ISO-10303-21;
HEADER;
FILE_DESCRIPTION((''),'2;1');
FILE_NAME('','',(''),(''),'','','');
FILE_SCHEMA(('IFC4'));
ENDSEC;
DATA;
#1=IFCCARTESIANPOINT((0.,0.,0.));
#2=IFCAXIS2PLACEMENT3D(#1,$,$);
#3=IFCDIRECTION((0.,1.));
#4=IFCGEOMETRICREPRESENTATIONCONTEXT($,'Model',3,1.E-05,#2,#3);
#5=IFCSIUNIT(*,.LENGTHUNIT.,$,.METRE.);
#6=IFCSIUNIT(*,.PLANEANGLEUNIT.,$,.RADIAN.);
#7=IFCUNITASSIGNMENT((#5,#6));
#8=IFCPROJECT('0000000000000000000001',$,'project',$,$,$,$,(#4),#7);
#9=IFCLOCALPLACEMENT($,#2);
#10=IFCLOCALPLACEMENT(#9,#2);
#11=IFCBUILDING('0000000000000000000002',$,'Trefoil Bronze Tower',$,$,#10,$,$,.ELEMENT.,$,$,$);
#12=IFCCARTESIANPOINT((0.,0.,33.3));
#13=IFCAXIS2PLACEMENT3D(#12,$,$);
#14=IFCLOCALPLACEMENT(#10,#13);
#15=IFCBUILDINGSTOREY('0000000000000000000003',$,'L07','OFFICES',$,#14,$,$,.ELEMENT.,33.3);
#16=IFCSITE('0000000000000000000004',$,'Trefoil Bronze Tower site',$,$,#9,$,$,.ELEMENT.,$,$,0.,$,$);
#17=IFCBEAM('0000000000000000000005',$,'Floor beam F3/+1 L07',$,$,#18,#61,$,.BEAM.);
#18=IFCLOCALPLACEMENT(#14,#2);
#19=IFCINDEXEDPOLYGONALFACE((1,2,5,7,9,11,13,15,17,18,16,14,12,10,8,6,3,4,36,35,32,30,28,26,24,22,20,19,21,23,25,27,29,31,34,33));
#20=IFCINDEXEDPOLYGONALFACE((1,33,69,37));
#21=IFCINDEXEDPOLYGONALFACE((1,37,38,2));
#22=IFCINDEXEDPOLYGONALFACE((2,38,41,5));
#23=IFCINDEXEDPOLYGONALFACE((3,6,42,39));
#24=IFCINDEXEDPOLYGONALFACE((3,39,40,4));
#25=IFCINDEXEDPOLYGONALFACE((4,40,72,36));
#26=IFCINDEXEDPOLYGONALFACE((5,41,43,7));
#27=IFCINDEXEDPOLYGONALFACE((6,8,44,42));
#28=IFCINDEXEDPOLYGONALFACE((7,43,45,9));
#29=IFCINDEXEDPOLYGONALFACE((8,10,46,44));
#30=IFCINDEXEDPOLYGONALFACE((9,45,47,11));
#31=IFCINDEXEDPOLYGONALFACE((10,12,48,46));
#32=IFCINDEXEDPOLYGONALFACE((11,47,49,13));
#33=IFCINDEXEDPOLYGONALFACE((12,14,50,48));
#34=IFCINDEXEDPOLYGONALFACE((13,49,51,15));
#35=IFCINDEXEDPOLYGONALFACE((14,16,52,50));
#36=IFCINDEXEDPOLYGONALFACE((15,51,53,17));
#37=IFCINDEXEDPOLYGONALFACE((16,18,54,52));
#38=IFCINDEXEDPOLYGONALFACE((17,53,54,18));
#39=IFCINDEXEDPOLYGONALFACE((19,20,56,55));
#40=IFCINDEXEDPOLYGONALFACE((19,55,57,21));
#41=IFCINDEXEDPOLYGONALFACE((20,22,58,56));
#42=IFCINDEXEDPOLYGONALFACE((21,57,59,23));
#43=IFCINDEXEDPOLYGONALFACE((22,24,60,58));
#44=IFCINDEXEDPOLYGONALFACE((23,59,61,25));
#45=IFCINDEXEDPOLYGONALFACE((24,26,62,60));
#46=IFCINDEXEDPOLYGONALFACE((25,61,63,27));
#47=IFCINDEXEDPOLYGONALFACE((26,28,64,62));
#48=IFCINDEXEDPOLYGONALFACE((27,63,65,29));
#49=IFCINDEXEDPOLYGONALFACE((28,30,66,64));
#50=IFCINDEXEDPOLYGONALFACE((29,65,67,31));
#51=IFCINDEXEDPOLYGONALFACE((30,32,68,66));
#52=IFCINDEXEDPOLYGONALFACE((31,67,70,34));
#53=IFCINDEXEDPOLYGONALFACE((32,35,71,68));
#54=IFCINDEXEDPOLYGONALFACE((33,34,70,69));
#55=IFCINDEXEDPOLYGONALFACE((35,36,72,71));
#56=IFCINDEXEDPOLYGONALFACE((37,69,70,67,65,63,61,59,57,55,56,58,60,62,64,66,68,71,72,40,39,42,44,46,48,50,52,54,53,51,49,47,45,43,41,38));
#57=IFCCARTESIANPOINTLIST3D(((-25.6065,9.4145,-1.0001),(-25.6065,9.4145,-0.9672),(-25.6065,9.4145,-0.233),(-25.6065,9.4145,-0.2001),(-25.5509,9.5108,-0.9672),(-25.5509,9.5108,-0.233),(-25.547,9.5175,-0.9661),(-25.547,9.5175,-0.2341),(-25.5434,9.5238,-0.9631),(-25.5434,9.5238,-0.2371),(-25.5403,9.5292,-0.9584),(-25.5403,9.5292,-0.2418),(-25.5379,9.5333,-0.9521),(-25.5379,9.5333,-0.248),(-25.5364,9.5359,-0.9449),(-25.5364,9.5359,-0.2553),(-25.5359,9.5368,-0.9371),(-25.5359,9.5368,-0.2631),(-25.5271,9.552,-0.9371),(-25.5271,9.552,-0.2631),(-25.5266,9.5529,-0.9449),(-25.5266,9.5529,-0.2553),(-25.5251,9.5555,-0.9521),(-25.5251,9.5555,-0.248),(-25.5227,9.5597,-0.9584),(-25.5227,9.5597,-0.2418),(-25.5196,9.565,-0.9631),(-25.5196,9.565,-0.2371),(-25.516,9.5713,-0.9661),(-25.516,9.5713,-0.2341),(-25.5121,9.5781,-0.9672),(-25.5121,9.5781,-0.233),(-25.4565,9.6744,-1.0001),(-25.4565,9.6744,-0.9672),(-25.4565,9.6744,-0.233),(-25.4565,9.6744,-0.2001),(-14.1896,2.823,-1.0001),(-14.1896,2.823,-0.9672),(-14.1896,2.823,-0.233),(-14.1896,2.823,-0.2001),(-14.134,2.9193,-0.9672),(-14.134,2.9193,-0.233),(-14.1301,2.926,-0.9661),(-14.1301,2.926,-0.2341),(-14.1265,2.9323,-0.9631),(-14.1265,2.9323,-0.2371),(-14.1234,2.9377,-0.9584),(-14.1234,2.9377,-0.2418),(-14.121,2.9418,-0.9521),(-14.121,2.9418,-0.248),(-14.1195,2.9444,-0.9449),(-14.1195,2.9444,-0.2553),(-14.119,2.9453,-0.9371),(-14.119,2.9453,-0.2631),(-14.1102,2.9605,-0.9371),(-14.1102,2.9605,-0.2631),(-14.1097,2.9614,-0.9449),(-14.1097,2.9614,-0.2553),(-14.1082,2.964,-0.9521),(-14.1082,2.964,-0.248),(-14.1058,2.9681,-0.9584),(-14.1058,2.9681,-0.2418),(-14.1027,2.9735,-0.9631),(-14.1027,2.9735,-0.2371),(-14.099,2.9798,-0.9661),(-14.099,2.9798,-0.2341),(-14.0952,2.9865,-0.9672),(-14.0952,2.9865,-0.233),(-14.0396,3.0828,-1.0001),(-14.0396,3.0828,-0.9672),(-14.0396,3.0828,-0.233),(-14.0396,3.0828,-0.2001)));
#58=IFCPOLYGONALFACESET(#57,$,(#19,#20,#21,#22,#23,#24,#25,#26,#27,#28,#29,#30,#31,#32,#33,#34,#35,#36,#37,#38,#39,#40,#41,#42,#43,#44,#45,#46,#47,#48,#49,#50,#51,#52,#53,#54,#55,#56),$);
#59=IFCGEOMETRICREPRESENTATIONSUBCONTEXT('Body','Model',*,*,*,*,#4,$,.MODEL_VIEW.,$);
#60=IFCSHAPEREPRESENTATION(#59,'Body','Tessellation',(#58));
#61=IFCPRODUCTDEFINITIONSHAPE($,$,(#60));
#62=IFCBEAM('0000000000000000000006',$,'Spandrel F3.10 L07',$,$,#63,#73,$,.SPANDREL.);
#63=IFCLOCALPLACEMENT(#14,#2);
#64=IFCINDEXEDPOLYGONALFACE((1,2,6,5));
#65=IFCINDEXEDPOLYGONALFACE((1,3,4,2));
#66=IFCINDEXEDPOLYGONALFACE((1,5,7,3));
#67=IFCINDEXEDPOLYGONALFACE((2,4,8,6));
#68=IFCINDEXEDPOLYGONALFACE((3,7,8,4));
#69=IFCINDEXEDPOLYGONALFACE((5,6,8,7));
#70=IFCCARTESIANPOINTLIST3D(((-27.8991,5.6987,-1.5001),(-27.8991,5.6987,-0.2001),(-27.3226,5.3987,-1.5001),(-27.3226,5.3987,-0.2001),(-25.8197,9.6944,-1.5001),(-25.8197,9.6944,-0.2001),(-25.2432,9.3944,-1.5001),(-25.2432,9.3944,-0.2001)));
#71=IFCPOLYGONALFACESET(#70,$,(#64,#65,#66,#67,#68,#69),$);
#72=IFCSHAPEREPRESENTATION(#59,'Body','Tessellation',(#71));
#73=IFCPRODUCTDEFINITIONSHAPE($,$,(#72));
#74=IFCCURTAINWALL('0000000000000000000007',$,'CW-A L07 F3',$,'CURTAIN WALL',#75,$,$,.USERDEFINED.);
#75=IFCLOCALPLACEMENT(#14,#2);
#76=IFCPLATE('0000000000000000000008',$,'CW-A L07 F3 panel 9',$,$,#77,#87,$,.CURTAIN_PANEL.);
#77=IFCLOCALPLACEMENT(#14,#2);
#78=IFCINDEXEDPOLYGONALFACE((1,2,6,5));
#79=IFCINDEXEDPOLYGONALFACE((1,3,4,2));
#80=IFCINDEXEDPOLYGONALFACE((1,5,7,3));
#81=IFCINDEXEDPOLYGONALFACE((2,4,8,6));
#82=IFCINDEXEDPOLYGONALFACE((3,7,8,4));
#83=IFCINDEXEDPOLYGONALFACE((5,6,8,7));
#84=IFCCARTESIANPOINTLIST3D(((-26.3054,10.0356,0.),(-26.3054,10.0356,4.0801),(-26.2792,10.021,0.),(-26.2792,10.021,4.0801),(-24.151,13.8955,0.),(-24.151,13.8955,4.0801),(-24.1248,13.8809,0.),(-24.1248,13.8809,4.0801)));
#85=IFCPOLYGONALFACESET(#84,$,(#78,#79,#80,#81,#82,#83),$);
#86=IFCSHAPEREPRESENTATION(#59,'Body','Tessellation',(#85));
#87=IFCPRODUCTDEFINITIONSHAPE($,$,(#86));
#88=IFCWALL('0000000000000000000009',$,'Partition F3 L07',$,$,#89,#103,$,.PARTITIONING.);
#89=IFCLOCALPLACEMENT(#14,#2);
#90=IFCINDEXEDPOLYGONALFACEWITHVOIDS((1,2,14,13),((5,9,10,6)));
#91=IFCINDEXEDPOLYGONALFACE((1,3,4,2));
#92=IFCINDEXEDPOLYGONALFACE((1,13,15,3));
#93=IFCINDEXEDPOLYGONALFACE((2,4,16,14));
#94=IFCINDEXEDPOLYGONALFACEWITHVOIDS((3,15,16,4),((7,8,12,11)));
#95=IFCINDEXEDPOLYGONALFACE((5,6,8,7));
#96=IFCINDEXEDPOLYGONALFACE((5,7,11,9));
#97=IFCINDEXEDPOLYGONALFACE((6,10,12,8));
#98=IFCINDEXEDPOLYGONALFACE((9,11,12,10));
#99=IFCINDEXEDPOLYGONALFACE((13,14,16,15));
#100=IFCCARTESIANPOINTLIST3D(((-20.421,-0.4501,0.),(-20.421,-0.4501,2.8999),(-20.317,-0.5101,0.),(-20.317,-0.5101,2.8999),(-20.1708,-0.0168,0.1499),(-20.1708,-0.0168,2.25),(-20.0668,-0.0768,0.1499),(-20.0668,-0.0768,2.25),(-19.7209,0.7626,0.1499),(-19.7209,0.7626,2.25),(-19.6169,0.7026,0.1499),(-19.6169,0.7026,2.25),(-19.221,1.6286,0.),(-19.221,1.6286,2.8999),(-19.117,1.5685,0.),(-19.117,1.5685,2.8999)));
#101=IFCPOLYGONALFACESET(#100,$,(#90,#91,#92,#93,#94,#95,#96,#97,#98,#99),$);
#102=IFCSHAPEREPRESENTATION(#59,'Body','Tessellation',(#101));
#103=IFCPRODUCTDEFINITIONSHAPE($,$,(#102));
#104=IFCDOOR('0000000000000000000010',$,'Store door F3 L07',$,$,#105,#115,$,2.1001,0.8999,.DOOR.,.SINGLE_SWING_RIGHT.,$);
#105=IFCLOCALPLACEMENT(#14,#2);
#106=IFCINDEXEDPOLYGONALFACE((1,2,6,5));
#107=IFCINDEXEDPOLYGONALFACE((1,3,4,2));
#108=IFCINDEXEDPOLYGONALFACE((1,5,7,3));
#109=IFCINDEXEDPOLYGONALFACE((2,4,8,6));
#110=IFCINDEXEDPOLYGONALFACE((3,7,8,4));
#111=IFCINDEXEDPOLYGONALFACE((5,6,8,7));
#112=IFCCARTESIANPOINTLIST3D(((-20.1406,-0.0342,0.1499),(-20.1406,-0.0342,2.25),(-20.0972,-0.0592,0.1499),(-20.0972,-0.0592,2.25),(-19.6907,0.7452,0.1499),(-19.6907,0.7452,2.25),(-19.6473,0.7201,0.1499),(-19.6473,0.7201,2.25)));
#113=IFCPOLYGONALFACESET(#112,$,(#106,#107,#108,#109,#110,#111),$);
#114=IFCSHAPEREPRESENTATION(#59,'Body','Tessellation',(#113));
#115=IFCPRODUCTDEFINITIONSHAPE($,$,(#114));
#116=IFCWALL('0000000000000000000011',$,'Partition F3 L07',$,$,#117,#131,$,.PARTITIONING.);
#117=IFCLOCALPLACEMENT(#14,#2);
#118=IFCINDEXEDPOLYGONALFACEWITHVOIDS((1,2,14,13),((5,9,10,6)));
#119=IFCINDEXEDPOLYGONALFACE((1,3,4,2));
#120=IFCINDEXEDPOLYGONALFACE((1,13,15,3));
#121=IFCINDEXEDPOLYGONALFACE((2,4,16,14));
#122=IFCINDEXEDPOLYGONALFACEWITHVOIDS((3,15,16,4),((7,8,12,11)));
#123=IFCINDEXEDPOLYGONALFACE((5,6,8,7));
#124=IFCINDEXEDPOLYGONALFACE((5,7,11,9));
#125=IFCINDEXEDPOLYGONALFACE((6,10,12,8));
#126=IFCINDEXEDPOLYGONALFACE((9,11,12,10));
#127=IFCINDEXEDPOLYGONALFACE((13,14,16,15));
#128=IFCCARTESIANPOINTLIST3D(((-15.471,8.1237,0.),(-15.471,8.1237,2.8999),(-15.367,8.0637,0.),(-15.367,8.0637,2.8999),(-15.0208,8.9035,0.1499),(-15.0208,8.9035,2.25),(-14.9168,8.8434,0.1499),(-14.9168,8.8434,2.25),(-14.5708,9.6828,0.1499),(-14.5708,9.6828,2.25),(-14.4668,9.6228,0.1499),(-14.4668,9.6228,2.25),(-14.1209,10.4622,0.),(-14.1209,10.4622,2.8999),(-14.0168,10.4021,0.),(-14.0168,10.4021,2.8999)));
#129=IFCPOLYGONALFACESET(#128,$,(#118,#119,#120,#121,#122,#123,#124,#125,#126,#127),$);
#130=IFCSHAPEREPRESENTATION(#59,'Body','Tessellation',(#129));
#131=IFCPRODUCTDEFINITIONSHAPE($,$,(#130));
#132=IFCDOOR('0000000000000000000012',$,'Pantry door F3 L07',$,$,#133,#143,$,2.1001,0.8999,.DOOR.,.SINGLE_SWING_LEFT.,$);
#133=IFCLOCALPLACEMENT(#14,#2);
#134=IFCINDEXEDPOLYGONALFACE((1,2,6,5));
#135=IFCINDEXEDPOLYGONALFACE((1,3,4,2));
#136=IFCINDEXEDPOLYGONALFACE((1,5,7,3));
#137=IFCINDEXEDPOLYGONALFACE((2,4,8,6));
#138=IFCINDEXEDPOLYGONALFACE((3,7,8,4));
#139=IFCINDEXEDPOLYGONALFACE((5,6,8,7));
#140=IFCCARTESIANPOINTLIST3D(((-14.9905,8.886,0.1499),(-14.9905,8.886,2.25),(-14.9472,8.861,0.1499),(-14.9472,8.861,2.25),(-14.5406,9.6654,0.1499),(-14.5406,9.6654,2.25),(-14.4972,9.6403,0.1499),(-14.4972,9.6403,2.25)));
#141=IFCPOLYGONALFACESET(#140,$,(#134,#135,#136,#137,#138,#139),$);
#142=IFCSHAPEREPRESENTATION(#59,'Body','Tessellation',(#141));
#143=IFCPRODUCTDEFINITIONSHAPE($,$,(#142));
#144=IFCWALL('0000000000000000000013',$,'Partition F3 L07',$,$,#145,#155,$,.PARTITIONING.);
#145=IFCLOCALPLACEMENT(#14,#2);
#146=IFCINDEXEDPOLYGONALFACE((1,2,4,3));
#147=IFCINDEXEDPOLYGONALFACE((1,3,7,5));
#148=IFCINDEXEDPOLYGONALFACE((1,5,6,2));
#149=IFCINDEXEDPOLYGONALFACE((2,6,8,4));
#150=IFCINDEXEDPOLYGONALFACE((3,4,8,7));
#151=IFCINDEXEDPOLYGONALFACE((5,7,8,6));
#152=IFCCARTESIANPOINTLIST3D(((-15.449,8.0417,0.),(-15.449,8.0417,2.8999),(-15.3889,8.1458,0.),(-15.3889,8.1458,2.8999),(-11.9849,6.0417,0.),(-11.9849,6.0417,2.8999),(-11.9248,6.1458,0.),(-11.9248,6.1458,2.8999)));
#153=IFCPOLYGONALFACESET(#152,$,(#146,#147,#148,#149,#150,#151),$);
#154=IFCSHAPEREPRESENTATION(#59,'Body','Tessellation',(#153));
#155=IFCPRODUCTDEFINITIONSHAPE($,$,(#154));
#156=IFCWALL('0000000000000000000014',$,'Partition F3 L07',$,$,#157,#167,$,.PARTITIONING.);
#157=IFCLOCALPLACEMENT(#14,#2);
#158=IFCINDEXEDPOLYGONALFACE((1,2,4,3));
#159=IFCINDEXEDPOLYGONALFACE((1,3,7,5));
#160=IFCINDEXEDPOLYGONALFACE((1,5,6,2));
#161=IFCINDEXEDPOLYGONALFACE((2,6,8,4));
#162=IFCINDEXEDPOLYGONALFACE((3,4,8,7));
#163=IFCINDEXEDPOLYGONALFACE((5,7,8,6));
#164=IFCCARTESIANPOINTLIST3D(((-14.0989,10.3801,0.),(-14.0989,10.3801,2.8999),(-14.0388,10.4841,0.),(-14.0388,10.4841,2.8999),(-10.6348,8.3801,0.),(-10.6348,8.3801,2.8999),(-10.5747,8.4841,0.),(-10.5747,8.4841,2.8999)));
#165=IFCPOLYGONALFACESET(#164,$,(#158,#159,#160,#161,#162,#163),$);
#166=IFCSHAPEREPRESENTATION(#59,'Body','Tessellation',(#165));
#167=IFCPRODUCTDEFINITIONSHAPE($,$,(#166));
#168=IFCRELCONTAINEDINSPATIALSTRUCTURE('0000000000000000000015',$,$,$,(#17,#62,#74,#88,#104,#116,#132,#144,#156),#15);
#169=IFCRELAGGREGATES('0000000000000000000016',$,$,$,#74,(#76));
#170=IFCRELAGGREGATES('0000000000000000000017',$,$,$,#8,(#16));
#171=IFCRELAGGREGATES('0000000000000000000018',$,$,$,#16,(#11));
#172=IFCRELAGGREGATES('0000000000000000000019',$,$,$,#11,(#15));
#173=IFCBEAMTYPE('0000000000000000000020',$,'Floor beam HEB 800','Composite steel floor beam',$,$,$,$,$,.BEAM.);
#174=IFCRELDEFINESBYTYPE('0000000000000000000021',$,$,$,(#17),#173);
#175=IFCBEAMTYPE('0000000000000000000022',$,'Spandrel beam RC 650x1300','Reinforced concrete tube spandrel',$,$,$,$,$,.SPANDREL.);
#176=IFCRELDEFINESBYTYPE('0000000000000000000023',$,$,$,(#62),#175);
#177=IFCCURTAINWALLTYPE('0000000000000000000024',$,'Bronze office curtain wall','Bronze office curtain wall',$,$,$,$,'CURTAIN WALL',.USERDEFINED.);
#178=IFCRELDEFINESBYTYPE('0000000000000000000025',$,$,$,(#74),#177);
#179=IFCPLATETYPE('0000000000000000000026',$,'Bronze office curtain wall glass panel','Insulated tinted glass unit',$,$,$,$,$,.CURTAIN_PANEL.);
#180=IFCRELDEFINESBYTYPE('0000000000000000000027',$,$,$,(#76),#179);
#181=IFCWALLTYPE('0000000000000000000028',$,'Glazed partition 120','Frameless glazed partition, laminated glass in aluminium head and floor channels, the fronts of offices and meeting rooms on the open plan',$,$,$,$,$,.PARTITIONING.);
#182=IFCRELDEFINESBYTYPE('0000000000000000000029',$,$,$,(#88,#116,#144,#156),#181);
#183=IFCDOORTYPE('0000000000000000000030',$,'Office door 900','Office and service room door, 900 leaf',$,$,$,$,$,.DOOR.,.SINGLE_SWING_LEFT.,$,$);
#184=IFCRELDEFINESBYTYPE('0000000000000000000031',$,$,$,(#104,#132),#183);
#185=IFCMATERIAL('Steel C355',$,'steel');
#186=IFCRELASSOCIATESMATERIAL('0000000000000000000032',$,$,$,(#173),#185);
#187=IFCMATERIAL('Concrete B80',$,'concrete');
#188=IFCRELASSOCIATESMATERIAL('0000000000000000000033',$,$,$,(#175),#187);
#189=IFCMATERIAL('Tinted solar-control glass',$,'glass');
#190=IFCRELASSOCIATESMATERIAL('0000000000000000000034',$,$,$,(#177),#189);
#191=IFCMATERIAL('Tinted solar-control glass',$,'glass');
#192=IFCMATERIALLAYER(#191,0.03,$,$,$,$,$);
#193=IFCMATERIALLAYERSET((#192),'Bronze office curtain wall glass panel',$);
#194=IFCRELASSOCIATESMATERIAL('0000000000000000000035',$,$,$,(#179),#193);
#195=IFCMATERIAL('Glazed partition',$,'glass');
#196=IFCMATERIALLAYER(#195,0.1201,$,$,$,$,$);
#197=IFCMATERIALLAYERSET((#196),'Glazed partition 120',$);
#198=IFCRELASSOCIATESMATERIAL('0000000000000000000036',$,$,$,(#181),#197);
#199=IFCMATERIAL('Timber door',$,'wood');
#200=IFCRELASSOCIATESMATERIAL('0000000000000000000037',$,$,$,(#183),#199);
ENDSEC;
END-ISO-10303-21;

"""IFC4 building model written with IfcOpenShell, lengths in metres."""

from ifc_helpers import new_model, si_unit, direction, frame, frame_2d, origin, origin_2d, place, context, subcontext, project, spatial, rectangle, i_section, extrude, material, layer, layer_set, material_profile, profile_set, type_object, element, fill, aggregate, save


model = new_model("IFC4")

# Units and contexts
model_context = context("Model", 3, precision=1e-05, world=origin(), true_north=direction((0.0, 1.0)))
body_context = subcontext(model_context, "Body", "Model", "MODEL_VIEW")
ifc_project = project(units=[si_unit("LENGTHUNIT", "METRE"), si_unit("PLANEANGLEUNIT", "RADIAN")], contexts=[model_context])

# Site, building, storey
site_placement = place(None, origin())
site = spatial("IfcSite", under=ifc_project, at=site_placement, Name="Trefoil Bronze Tower site", CompositionType="ELEMENT", RefElevation=0.0)
building_placement = place(site_placement, origin())
building = spatial("IfcBuilding", under=site, at=building_placement, Name="Trefoil Bronze Tower", CompositionType="ELEMENT")
storey_placement = place(building_placement, frame((0.0, 0.0, 33.3)))
storey = spatial("IfcBuildingStorey", under=building, at=storey_placement, Name="L07", Description="OFFICES", CompositionType="ELEMENT", Elevation=33.3)

# Beams
ifc_material_1 = material(Name="Steel C355", Category="steel")
ifc_material_profile_1 = material_profile(ifc_material_1, i_section(OverallWidth=0.3, OverallDepth=0.8, WebThickness=0.0176, FlangeThickness=0.033, FilletRadius=0.03, at=origin_2d()), Name="HEB 800")
ifc_profile_set_1 = profile_set([ifc_material_profile_1], Name="Steel C355")
beam_type_1 = type_object("IfcBeamType", Name="Floor beam HEB 800", Description="Composite steel floor beam", PredefinedType="BEAM", material=ifc_profile_set_1)
beam_1_placement = place(storey_placement, frame((-25.5315, 9.5444, -0.6001), z_axis=(0.866027, -0.499997, 0.0), x_axis=(0.499997, 0.866027, 0.0)))
element("IfcBeam", 1, at=beam_1_placement, inside=storey, type_object=beam_type_1, Name="Floor beam F3/+1 L07", PredefinedType="BEAM", context=body_context, shape_type="SweptSolid", body=[
    extrude(i_section(OverallWidth=0.3, OverallDepth=0.8, WebThickness=0.0176, FlangeThickness=0.033, FilletRadius=0.03, at=origin_2d()), origin(), (0.0, 0.0, 1.0), 13.1831),
])
ifc_material_2 = material(Name="Concrete B80", Category="concrete")
ifc_material_profile_2 = material_profile(ifc_material_2, rectangle(XDim=0.6499, YDim=1.3, at=origin_2d()), Name="RC 650x1300")
ifc_profile_set_2 = profile_set([ifc_material_profile_2], Name="Concrete B80")
beam_type_2 = type_object("IfcBeamType", Name="Spandrel beam RC 650x1300", Description="Reinforced concrete tube spandrel", PredefinedType="SPANDREL", material=ifc_profile_set_2)
beam_2_placement = place(storey_placement, frame((-25.5315, 9.5444, -0.8501), z_axis=(-0.461638, -0.887069, 0.0), x_axis=(0.887069, -0.461638, 0.0)))
element("IfcBeam", 2, at=beam_2_placement, inside=storey, type_object=beam_type_2, Name="Spandrel F3.10 L07", PredefinedType="SPANDREL", context=body_context, shape_type="SweptSolid", body=[
    extrude(rectangle(XDim=0.6499, YDim=1.3, at=origin_2d()), origin(), (0.0, 0.0, 1.0), 4.5044),
])

# Curtain wall, plate
ifc_material_3 = material(Name="Tinted solar-control glass", Category="glass")
curtain_wall_type = type_object("IfcCurtainWallType", Name="Bronze office curtain wall", Description="Bronze office curtain wall", ElementType="CURTAIN WALL", PredefinedType="USERDEFINED", material=ifc_material_3)
curtain_wall_placement = place(storey_placement, origin())
curtain_wall = element("IfcCurtainWall", 3, at=curtain_wall_placement, inside=storey, type_object=curtain_wall_type, Name="CW-A L07 F3", ObjectType="CURTAIN WALL", PredefinedType="USERDEFINED")
ifc_material_4 = material(Name="Tinted solar-control glass", Category="glass")
ifc_layer_1 = layer(ifc_material_4, 0.03)
ifc_layer_set_1 = layer_set([ifc_layer_1], Name="Bronze office curtain wall glass panel")
plate_type = type_object("IfcPlateType", Name="Bronze office curtain wall glass panel", Description="Insulated tinted glass unit", PredefinedType="CURTAIN_PANEL", material=ifc_layer_set_1)
plate_placement = place(storey_placement, frame((-25.2151, 11.9583, 0.0), z_axis=(0.0, 0.0, 1.0), x_axis=(-0.487382, -0.873189, 0.0)))
plate = element("IfcPlate", 4, at=plate_placement, type_object=plate_type, Name="CW-A L07 F3 panel 9", PredefinedType="CURTAIN_PANEL", context=body_context, shape_type="SweptSolid", body=[
    extrude(rectangle(XDim=4.4204, YDim=0.03, at=origin_2d()), origin(), (0.0, 0.0, 1.0), 4.0801),
])
aggregate(curtain_wall, [plate])

# Walls, openings, doors
ifc_material_5 = material(Name="Glazed partition", Category="glass")
ifc_layer_2 = layer(ifc_material_5, 0.1201)
ifc_layer_set_2 = layer_set([ifc_layer_2], Name="Glazed partition 120")
wall_type_1 = type_object("IfcWallType", Name="Glazed partition 120", Description="Frameless glazed partition, laminated glass in aluminium head and floor channels, the fronts of offices and meeting rooms on the open plan", PredefinedType="PARTITIONING", material=ifc_layer_set_2)
wall_1_placement = place(storey_placement, frame((-19.1689, 1.5986, 0.0), z_axis=(0.0, 0.0, 1.0), x_axis=(-0.499957, -0.86605, 0.0)))
wall_1 = element("IfcWall", 5, at=wall_1_placement, inside=storey, type_object=wall_type_1, Name="Partition F3 L07", PredefinedType="PARTITIONING", context=body_context, shape_type="SweptSolid", body=[
    extrude(rectangle(XDim=2.4001, YDim=0.1201, at=frame_2d((1.2002, 0.0))), origin(), (0.0, 0.0, 1.0), 2.8999),
])
opening_1_placement = place(wall_1_placement, frame((1.0, 0.0, 0.1499)))
opening_1 = element("IfcOpeningElement", 6, at=opening_1_placement, cuts=wall_1, PredefinedType="OPENING", context=body_context, shape_type="SweptSolid", body=[
    extrude(rectangle(XDim=0.8999, YDim=2.1001, at=frame_2d((0.45, 1.05))), frame((0.0, 0.0701, 0.0), z_axis=(0.0, -1.0, 0.0), x_axis=(1.0, 0.0, 0.0)), (0.0, 0.0, 1.0), 0.1401),
])
ifc_material_6 = material(Name="Timber door", Category="wood")
door_type_1 = type_object("IfcDoorType", Name="Office door 900", Description="Office and service room door, 900 leaf", OperationType="SINGLE_SWING_LEFT", PredefinedType="DOOR", material=ifc_material_6)
door_1_placement = place(opening_1_placement, origin())
door_1 = element("IfcDoor", 7, at=door_1_placement, inside=storey, type_object=door_type_1, Name="Store door F3 L07", OperationType="SINGLE_SWING_RIGHT", OverallHeight=2.1001, OverallWidth=0.8999, PredefinedType="DOOR", context=body_context, shape_type="SweptSolid", body=[
    extrude(rectangle(XDim=0.8999, YDim=2.1001, at=frame_2d((0.45, 1.05))), frame((0.0, 0.0249, 0.0), z_axis=(0.0, -1.0, 0.0), x_axis=(1.0, 0.0, 0.0)), (0.0, 0.0, 1.0), 0.05),
])
fill(opening_1, door_1)
wall_2_placement = place(storey_placement, frame((-14.0688, 10.4321, 0.0), z_axis=(0.0, 0.0, 1.0), x_axis=(-0.500009, -0.86602, 0.0)))
wall_2 = element("IfcWall", 8, at=wall_2_placement, inside=storey, type_object=wall_type_1, Name="Partition F3 L07", PredefinedType="PARTITIONING", context=body_context, shape_type="SweptSolid", body=[
    extrude(rectangle(XDim=2.7002, YDim=0.1201, at=frame_2d((1.3501, 0.0))), origin(), (0.0, 0.0, 1.0), 2.8999),
])
opening_2_placement = place(wall_2_placement, frame((0.8999, 0.0, 0.1499)))
opening_2 = element("IfcOpeningElement", 9, at=opening_2_placement, cuts=wall_2, PredefinedType="OPENING", context=body_context, shape_type="SweptSolid", body=[
    extrude(rectangle(XDim=0.8999, YDim=2.1001, at=frame_2d((0.45, 1.05))), frame((0.0, 0.0701, 0.0), z_axis=(0.0, -1.0, 0.0), x_axis=(1.0, 0.0, 0.0)), (0.0, 0.0, 1.0), 0.1401),
])
door_2_placement = place(opening_2_placement, origin())
door_2 = element("IfcDoor", 10, at=door_2_placement, inside=storey, type_object=door_type_1, Name="Pantry door F3 L07", OperationType="SINGLE_SWING_LEFT", OverallHeight=2.1001, OverallWidth=0.8999, PredefinedType="DOOR", context=body_context, shape_type="SweptSolid", body=[
    extrude(rectangle(XDim=0.8999, YDim=2.1001, at=frame_2d((0.45, 1.05))), frame((0.0, 0.0249, 0.0), z_axis=(0.0, -1.0, 0.0), x_axis=(1.0, 0.0, 0.0)), (0.0, 0.0, 1.0), 0.05),
])
fill(opening_2, door_2)

# Walls
for number, where, z_axis, x_axis, name in (
    (11, (-11.9548, 6.0938, 0.0), (0.0, 0.0, 1.0), (-0.866026, 0.499999, 0.0), "Partition F3 L07"),
    (12, (-10.6047, 8.4321, 0.0), (0.0, 0.0, 1.0), (-0.866026, 0.499999, 0.0), "Partition F3 L07"),
):
    element("IfcWall", number, at=place(storey_placement, frame(where, z_axis=z_axis, x_axis=x_axis)), inside=storey, type_object=wall_type_1, Name=name, PredefinedType="PARTITIONING", context=body_context, shape_type="SweptSolid", body=[
        extrude(rectangle(XDim=4.0, YDim=0.1201, at=frame_2d((2.0, 0.0))), origin(), (0.0, 0.0, 1.0), 2.8999),
    ])

save(model, "model.ifc")
